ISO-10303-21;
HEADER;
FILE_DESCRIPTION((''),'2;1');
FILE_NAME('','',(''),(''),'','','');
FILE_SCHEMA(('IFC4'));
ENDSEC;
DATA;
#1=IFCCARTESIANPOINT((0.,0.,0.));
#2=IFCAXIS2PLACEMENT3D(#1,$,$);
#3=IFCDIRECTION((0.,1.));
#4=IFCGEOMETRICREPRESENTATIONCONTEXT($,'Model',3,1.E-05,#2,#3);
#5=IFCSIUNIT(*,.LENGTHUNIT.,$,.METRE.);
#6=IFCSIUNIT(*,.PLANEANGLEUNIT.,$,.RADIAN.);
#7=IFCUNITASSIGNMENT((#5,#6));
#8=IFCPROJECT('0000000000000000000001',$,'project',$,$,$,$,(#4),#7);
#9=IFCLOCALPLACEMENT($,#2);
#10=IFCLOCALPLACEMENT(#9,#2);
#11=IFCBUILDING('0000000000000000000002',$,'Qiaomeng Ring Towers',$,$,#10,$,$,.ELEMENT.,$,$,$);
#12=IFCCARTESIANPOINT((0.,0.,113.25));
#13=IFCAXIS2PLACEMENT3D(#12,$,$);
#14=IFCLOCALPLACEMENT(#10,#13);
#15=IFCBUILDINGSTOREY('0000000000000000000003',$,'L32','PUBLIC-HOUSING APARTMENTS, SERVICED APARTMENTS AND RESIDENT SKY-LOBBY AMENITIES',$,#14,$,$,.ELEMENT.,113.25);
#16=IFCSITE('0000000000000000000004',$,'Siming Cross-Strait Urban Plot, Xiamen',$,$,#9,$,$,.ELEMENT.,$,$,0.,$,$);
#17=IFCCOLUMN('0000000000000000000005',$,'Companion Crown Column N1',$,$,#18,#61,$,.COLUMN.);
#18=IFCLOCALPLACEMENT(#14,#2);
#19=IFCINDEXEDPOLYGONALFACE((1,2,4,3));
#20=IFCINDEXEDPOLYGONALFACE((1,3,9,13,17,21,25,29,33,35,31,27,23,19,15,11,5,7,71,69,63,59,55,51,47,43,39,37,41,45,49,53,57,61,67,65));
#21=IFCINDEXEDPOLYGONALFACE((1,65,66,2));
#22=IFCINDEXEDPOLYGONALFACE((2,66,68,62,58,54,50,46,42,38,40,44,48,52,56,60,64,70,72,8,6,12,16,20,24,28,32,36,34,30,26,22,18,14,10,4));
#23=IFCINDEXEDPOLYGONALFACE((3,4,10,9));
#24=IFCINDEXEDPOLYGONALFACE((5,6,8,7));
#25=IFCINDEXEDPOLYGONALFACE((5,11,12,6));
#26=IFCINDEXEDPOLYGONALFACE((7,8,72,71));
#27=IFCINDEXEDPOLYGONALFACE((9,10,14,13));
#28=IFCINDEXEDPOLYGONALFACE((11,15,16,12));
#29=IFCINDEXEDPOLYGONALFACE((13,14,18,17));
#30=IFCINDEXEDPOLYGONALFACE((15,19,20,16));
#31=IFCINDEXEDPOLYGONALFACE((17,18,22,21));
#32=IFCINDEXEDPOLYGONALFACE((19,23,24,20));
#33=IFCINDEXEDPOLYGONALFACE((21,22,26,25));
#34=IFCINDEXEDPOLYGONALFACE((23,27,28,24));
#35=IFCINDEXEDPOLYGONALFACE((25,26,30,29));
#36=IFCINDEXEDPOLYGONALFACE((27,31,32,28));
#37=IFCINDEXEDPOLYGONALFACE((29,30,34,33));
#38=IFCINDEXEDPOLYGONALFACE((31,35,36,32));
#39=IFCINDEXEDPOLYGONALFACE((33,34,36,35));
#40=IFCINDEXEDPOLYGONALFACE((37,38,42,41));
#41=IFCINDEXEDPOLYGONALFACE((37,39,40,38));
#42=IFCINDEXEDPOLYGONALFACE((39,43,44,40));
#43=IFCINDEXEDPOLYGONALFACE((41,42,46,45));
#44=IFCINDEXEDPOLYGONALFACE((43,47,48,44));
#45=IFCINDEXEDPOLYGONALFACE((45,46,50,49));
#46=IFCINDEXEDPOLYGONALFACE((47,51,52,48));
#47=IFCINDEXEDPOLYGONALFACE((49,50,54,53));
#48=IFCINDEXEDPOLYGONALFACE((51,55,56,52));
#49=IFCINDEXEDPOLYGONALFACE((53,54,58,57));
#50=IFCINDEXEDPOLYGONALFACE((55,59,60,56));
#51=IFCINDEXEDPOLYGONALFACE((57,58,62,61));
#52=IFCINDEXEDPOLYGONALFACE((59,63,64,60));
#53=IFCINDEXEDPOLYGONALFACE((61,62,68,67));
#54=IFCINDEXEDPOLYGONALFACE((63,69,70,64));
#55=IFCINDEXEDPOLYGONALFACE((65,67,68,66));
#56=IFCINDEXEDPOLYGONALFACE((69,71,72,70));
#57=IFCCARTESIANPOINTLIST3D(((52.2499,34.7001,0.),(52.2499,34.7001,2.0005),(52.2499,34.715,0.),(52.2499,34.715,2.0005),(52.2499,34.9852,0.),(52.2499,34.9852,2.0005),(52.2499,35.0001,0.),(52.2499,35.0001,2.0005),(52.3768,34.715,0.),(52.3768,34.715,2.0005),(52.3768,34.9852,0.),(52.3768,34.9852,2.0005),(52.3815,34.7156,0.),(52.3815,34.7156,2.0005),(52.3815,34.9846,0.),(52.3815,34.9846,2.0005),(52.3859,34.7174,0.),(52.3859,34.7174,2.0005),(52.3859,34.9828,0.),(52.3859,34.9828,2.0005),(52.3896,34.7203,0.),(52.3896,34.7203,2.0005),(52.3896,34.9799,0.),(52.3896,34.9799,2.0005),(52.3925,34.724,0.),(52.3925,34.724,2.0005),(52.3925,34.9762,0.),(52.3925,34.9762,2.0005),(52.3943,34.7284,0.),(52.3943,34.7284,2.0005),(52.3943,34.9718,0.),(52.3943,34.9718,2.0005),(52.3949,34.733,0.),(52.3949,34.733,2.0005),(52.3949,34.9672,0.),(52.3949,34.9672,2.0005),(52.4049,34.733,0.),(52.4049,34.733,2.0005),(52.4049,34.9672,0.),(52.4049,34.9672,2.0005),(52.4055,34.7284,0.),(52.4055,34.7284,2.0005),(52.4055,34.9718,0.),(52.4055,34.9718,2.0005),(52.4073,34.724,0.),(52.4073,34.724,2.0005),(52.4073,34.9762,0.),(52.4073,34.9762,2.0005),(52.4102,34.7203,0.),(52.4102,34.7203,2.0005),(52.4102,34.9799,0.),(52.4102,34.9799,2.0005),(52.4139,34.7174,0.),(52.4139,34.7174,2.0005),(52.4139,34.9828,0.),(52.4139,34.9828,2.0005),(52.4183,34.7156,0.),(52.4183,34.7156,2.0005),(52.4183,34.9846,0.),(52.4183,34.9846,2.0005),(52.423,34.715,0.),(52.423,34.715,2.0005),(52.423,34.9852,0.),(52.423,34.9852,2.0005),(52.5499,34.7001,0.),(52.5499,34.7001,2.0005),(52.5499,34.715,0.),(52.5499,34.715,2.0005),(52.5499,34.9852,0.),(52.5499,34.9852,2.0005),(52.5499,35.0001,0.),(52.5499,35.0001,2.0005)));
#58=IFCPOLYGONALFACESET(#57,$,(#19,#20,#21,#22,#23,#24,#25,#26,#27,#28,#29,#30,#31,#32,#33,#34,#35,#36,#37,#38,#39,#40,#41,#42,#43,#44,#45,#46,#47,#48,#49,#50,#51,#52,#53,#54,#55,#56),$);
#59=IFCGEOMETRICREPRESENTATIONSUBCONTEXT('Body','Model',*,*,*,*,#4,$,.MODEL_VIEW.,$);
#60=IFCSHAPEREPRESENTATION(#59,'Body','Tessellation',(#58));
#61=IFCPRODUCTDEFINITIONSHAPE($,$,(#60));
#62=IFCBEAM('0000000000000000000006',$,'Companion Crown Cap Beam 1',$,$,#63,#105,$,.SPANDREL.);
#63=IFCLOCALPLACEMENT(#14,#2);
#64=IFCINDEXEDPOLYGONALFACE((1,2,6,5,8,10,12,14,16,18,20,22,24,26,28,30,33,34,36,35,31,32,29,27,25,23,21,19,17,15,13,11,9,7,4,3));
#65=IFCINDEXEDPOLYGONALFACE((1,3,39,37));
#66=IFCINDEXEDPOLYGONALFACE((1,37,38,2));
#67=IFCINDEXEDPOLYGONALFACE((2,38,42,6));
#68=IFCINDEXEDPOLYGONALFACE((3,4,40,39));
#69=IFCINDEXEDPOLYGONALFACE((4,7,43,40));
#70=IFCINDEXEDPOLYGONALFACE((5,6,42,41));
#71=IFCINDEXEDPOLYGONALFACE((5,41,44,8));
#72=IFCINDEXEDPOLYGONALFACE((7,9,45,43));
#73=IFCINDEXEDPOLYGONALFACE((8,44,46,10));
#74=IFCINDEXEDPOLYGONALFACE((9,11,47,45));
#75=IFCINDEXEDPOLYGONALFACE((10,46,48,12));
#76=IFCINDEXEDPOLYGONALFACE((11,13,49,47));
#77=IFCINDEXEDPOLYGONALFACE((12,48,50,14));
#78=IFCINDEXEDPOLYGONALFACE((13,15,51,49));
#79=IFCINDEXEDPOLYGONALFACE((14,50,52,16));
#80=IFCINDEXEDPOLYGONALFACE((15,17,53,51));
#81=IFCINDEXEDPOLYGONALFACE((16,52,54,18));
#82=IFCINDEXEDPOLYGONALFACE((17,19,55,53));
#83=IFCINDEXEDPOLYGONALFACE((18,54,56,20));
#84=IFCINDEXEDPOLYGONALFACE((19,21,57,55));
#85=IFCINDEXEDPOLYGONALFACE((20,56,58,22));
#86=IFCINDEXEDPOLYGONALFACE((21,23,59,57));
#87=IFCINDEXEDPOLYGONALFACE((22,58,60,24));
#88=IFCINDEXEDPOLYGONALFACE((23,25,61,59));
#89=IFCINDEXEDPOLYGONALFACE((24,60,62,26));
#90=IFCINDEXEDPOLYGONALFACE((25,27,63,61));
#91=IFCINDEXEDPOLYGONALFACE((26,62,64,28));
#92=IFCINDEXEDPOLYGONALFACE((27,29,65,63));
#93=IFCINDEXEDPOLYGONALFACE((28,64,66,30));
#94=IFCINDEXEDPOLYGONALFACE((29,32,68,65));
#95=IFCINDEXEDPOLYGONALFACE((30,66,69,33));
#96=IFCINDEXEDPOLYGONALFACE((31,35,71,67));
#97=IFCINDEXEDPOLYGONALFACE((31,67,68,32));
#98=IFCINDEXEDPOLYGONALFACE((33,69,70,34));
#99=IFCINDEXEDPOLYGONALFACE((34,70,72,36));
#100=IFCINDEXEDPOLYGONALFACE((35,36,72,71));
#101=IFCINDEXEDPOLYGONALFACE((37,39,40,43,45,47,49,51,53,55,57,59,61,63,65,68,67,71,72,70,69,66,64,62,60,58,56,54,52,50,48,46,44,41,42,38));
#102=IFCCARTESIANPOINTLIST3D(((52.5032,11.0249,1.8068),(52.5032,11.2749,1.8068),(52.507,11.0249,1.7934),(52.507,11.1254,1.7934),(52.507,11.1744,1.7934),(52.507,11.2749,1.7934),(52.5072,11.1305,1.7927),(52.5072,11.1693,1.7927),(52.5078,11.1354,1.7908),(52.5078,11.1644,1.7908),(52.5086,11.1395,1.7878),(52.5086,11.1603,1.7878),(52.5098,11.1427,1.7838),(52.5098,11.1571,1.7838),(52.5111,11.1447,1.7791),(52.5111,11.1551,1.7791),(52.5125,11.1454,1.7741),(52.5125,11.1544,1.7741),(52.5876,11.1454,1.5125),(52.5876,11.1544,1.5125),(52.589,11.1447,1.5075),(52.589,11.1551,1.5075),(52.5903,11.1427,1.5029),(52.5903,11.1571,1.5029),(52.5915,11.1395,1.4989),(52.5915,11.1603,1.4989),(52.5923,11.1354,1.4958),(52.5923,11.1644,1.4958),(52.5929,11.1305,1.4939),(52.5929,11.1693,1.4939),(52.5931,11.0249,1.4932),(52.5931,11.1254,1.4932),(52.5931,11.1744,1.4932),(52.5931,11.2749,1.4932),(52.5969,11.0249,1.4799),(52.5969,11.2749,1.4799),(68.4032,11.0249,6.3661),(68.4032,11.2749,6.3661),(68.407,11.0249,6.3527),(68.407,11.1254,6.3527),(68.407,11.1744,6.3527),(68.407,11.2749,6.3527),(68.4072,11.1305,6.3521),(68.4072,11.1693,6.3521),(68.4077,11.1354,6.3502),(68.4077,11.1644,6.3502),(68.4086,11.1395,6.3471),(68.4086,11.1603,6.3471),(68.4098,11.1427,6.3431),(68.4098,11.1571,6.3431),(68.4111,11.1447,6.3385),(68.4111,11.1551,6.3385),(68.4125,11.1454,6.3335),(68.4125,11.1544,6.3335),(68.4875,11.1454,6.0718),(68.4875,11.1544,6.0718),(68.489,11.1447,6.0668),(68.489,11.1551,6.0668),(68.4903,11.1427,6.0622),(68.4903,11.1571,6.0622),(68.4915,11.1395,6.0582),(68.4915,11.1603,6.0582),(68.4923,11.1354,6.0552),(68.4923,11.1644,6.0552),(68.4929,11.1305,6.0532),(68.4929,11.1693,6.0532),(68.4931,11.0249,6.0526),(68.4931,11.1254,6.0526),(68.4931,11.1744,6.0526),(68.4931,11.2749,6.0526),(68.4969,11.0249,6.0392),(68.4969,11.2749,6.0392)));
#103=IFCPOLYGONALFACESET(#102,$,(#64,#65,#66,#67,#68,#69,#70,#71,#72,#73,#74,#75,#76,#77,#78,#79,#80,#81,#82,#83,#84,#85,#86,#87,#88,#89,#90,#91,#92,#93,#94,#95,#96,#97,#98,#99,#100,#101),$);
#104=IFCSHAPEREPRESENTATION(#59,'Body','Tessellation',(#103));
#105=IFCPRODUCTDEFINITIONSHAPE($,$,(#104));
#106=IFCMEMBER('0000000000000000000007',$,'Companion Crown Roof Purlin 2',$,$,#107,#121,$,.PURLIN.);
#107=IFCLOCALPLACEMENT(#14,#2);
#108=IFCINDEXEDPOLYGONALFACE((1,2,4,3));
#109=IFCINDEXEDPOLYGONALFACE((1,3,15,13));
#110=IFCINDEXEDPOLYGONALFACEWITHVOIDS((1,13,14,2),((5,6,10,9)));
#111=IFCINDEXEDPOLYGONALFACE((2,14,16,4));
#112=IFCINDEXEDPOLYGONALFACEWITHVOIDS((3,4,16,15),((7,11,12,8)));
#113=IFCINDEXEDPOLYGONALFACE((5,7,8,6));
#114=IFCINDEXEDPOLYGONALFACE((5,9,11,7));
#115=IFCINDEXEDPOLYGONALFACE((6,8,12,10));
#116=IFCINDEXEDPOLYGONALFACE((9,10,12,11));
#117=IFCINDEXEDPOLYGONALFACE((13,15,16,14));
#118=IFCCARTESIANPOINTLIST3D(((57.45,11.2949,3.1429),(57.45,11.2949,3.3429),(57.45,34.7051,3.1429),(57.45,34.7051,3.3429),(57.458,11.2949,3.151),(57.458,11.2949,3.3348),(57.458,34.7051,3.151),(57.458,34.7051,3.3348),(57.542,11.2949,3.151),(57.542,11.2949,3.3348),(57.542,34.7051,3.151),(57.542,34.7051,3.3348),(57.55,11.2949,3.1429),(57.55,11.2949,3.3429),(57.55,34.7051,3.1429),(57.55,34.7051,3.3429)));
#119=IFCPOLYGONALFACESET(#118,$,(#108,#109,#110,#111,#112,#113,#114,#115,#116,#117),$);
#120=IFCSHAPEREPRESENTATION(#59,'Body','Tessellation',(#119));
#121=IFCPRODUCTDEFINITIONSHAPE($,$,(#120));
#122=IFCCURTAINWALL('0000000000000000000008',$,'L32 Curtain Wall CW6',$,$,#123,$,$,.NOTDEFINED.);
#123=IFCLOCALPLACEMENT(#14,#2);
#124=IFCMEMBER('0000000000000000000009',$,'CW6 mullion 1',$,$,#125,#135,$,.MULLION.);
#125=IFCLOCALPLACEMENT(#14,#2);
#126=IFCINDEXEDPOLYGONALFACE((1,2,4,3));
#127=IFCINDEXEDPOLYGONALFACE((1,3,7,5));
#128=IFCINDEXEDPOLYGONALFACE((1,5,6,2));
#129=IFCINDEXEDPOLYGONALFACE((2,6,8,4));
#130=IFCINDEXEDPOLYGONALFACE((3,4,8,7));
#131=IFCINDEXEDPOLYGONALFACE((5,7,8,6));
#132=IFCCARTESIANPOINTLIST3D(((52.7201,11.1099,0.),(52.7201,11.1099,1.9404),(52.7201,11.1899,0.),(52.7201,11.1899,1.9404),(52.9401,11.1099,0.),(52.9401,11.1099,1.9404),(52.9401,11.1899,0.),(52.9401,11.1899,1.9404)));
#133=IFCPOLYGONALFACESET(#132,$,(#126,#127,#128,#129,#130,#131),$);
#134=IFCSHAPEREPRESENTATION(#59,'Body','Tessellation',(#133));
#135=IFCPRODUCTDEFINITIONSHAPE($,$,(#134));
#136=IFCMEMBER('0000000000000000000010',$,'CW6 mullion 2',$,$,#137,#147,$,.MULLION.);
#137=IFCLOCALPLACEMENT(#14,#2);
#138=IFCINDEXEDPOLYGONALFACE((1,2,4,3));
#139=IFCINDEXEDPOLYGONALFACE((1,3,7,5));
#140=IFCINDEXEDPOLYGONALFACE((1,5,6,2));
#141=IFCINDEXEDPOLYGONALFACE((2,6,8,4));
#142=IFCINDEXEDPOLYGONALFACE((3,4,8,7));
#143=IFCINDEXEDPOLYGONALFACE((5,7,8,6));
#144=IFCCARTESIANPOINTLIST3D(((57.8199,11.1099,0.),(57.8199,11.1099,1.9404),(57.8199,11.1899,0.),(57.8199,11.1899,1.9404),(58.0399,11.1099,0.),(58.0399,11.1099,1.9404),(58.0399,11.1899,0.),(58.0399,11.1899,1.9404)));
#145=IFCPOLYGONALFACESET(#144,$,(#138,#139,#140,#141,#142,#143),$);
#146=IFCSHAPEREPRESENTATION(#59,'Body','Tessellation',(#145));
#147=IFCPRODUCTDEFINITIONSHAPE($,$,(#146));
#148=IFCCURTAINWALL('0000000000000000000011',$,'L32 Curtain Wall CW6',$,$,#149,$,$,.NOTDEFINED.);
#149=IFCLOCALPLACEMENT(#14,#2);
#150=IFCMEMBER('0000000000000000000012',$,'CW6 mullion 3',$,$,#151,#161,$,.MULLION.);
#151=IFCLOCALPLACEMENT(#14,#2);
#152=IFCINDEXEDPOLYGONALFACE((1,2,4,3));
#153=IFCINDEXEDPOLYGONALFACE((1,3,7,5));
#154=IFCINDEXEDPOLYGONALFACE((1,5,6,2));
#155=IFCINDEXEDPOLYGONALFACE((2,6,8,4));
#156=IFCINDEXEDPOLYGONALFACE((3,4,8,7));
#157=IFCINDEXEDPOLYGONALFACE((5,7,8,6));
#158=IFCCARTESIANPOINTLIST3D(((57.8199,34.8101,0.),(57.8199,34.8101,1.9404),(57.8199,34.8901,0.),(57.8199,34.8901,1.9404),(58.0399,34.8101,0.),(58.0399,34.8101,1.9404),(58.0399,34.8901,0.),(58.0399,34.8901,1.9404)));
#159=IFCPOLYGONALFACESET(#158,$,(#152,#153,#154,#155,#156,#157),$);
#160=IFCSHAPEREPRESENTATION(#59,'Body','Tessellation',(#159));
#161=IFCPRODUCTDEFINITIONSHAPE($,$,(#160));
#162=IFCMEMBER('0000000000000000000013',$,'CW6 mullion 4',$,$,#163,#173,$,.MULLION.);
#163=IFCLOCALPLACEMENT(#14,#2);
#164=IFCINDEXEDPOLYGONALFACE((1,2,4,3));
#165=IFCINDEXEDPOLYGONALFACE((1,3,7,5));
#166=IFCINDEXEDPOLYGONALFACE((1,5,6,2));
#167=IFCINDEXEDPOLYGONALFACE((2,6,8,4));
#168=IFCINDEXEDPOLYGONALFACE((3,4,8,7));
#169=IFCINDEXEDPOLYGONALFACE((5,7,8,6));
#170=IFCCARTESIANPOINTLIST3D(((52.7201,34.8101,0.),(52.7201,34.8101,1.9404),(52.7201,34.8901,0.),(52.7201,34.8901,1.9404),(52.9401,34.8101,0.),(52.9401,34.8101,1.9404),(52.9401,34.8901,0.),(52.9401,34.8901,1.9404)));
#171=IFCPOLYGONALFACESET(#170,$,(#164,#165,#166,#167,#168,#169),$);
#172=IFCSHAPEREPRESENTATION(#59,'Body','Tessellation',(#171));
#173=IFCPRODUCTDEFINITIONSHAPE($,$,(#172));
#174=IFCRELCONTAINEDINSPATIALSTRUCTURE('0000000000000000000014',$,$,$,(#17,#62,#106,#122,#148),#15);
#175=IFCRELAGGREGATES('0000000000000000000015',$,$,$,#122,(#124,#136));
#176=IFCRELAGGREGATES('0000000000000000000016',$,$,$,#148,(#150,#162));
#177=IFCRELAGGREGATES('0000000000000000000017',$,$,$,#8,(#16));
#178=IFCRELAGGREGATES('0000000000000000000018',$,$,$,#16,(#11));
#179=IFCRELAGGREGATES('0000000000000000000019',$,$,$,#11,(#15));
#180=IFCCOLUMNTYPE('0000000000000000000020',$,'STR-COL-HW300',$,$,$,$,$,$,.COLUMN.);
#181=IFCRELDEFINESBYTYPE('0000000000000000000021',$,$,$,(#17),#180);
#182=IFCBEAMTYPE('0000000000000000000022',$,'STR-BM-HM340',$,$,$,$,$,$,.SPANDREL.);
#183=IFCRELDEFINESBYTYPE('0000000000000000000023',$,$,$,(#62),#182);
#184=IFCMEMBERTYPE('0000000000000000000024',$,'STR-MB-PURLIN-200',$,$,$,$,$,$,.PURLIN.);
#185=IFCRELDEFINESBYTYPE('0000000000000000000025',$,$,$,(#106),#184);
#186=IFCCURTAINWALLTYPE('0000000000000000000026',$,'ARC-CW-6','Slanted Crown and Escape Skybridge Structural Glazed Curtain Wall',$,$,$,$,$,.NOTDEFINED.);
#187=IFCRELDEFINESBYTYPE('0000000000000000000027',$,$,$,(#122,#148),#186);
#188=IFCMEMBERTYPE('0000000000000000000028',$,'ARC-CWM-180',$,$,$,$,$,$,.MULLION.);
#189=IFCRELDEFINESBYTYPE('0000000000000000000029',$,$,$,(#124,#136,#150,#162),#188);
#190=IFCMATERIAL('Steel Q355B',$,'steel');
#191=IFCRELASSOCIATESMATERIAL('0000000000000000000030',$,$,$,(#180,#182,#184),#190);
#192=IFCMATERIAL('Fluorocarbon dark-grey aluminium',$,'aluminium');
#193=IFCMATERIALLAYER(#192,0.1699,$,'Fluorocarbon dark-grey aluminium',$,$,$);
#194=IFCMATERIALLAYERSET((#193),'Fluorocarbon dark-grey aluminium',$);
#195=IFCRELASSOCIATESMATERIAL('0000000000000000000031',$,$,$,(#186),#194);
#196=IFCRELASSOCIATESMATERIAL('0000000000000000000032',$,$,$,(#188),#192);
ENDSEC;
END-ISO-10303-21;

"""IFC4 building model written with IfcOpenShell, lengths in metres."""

from ifc_helpers import new_model, si_unit, direction, frame, origin, origin_2d, place, context, subcontext, project, spatial, rectangle, hollow_rectangle, i_section, extrude, source, transform, mapped, material, layer, layer_set, material_profile, profile_set, type_object, element, aggregate, save


model = new_model("IFC4")

# Units and contexts
model_context = context("Model", 3, precision=1e-05, world=origin(), true_north=direction((0.0, 1.0)))
body_context = subcontext(model_context, "Body", "Model", "MODEL_VIEW")
ifc_project = project(units=[si_unit("LENGTHUNIT", "METRE"), si_unit("PLANEANGLEUNIT", "RADIAN")], contexts=[model_context])

# Site, building, storey
site_placement = place(None, origin())
site = spatial("IfcSite", under=ifc_project, at=site_placement, Name="Siming Cross-Strait Urban Plot, Xiamen", CompositionType="ELEMENT", RefElevation=0.0)
building_placement = place(site_placement, origin())
building = spatial("IfcBuilding", under=site, at=building_placement, Name="Qiaomeng Ring Towers", CompositionType="ELEMENT")
storey_placement = place(building_placement, frame((0.0, 0.0, 113.25)))
storey = spatial("IfcBuildingStorey", under=building, at=storey_placement, Name="L32", Description="PUBLIC-HOUSING APARTMENTS, SERVICED APARTMENTS AND RESIDENT SKY-LOBBY AMENITIES", CompositionType="ELEMENT", Elevation=113.25)

# Column
ifc_material_1 = material(Name="Steel Q355B", Category="steel")
ifc_material_profile_1 = material_profile(ifc_material_1, i_section(OverallWidth=0.3, OverallDepth=0.3, WebThickness=0.01, FlangeThickness=0.0149, FilletRadius=0.0181, at=origin_2d()), Name="HW 300x300x10x15")
ifc_profile_set_1 = profile_set([ifc_material_profile_1], Name="Steel Q355B")
column_type = type_object("IfcColumnType", Name="STR-COL-HW300", PredefinedType="COLUMN", material=ifc_profile_set_1)
shared_shape_1 = source(origin(), body_context, "Body", "SweptSolid", [
    extrude(i_section(OverallWidth=0.3, OverallDepth=0.3, WebThickness=0.01, FlangeThickness=0.0149, FilletRadius=0.0181, at=origin_2d()), origin(), (0.0, 0.0, 1.0), 2.0005),
])
column_placement = place(storey_placement, frame((52.3999, 34.8501, 0.0), z_axis=(0.0, 0.0, 1.0), x_axis=(1.0, 0.0, 0.0)))
element("IfcColumn", 1, at=column_placement, inside=storey, type_object=column_type, Name="Companion Crown Column N1", PredefinedType="COLUMN", context=body_context, shape_type="MappedRepresentation", body=[
    mapped(shared_shape_1, transform((0.0, 0.0, 0.0), x_axis=(1.0, 0.0, 0.0), y_axis=(0.0, 1.0, 0.0), z_axis=(0.0, 0.0, 1.0), scale=1.0)),
])

# Beam
ifc_material_profile_2 = material_profile(ifc_material_1, i_section(OverallWidth=0.25, OverallDepth=0.3401, WebThickness=0.009, FlangeThickness=0.0139, FilletRadius=0.02, at=origin_2d()), Name="HM 340x250x9x14")
ifc_profile_set_2 = profile_set([ifc_material_profile_2], Name="Steel Q355B")
beam_type = type_object("IfcBeamType", Name="STR-BM-HM340", PredefinedType="SPANDREL", material=ifc_profile_set_2)
shared_shape_2 = source(origin(), body_context, "Body", "SweptSolid", [
    extrude(i_section(OverallWidth=0.25, OverallDepth=0.3401, WebThickness=0.009, FlangeThickness=0.0139, FilletRadius=0.02, at=origin_2d()), origin(), (0.0, 0.0, 1.0), 16.5408),
])
beam_placement = place(storey_placement, frame((52.55, 11.1499, 1.6433), z_axis=(0.96126, 0.0, 0.275643), x_axis=(0.0, 1.0, 0.0)))
element("IfcBeam", 2, at=beam_placement, inside=storey, type_object=beam_type, Name="Companion Crown Cap Beam 1", PredefinedType="SPANDREL", context=body_context, shape_type="MappedRepresentation", body=[
    mapped(shared_shape_2, transform((0.0, 0.0, 0.0), x_axis=(1.0, 0.0, 0.0), y_axis=(0.0, 1.0, 0.0), z_axis=(0.0, 0.0, 1.0), scale=1.0)),
])

# Member
ifc_material_profile_3 = material_profile(ifc_material_1, hollow_rectangle(XDim=0.1001, YDim=0.2, WallThickness=0.0081, at=origin_2d()), Name="RHS 200x100x8")
ifc_profile_set_3 = profile_set([ifc_material_profile_3], Name="Steel Q355B")
member_type_1 = type_object("IfcMemberType", Name="STR-MB-PURLIN-200", PredefinedType="PURLIN", material=ifc_profile_set_3)
shared_shape_3 = source(origin(), body_context, "Body", "SweptSolid", [
    extrude(hollow_rectangle(XDim=0.1001, YDim=0.2, WallThickness=0.0081, at=origin_2d()), origin(), (0.0, 0.0, 1.0), 23.4102),
])
member_1_placement = place(storey_placement, frame((57.5, 11.2949, 3.2429), z_axis=(0.0, 1.0, 0.0), x_axis=(-1.0, 0.0, 0.0)))
element("IfcMember", 3, at=member_1_placement, inside=storey, type_object=member_type_1, Name="Companion Crown Roof Purlin 2", PredefinedType="PURLIN", context=body_context, shape_type="MappedRepresentation", body=[
    mapped(shared_shape_3, transform((0.0, 0.0, 0.0), x_axis=(1.0, 0.0, 0.0), y_axis=(0.0, 1.0, 0.0), z_axis=(0.0, 0.0, 1.0), scale=1.0)),
])

# Curtain walls, members
ifc_material_2 = material(Name="Fluorocarbon dark-grey aluminium", Category="aluminium")
ifc_layer_1 = layer(ifc_material_2, 0.1699, Name="Fluorocarbon dark-grey aluminium")
ifc_layer_set_1 = layer_set([ifc_layer_1], Name="Fluorocarbon dark-grey aluminium")
curtain_wall_type = type_object("IfcCurtainWallType", Name="ARC-CW-6", Description="Slanted Crown and Escape Skybridge Structural Glazed Curtain Wall", PredefinedType="NOTDEFINED", material=ifc_layer_set_1)
curtain_wall_1_placement = place(storey_placement, origin())
curtain_wall_1 = element("IfcCurtainWall", 4, at=curtain_wall_1_placement, inside=storey, type_object=curtain_wall_type, Name="L32 Curtain Wall CW6", PredefinedType="NOTDEFINED")
ifc_material_profile_4 = material_profile(ifc_material_2, rectangle(XDim=0.0801, YDim=0.22, at=origin_2d()), Name="ALU MULL 80x220")
ifc_profile_set_4 = profile_set([ifc_material_profile_4], Name="Fluorocarbon dark-grey aluminium")
member_type_2 = type_object("IfcMemberType", Name="ARC-CWM-180", PredefinedType="MULLION", material=ifc_profile_set_4)
shared_shape_4 = source(origin(), body_context, "Body", "SweptSolid", [
    extrude(rectangle(XDim=0.0801, YDim=0.22, at=origin_2d()), origin(), (0.0, 0.0, 1.0), 1.9404),
])
member_2_placement = place(storey_placement, frame((52.8301, 11.1499, 0.0), z_axis=(0.0, 0.0, 1.0), x_axis=(0.0, 1.0, 0.0)))
member_2 = element("IfcMember", 5, at=member_2_placement, type_object=member_type_2, Name="CW6 mullion 1", PredefinedType="MULLION", context=body_context, shape_type="MappedRepresentation", body=[
    mapped(shared_shape_4, transform((0.0, 0.0, 0.0), x_axis=(1.0, 0.0, 0.0), y_axis=(0.0, 1.0, 0.0), z_axis=(0.0, 0.0, 1.0), scale=1.0)),
])
member_3_placement = place(storey_placement, frame((57.9299, 11.1499, 0.0), z_axis=(0.0, 0.0, 1.0), x_axis=(0.0, 1.0, 0.0)))
member_3 = element("IfcMember", 6, at=member_3_placement, type_object=member_type_2, Name="CW6 mullion 2", PredefinedType="MULLION", context=body_context, shape_type="MappedRepresentation", body=[
    mapped(shared_shape_4, transform((0.0, 0.0, 0.0), x_axis=(1.0, 0.0, 0.0), y_axis=(0.0, 1.0, 0.0), z_axis=(0.0, 0.0, 1.0), scale=1.0)),
])
curtain_wall_2_placement = place(storey_placement, origin())
curtain_wall_2 = element("IfcCurtainWall", 7, at=curtain_wall_2_placement, inside=storey, type_object=curtain_wall_type, Name="L32 Curtain Wall CW6", PredefinedType="NOTDEFINED")
member_4_placement = place(storey_placement, frame((57.9299, 34.8501, 0.0), z_axis=(0.0, 0.0, 1.0), x_axis=(0.0, -1.0, 0.0)))
member_4 = element("IfcMember", 8, at=member_4_placement, type_object=member_type_2, Name="CW6 mullion 3", PredefinedType="MULLION", context=body_context, shape_type="MappedRepresentation", body=[
    mapped(shared_shape_4, transform((0.0, 0.0, 0.0), x_axis=(1.0, 0.0, 0.0), y_axis=(0.0, 1.0, 0.0), z_axis=(0.0, 0.0, 1.0), scale=1.0)),
])
member_5_placement = place(storey_placement, frame((52.8301, 34.8501, 0.0), z_axis=(0.0, 0.0, 1.0), x_axis=(0.0, -1.0, 0.0)))
member_5 = element("IfcMember", 9, at=member_5_placement, type_object=member_type_2, Name="CW6 mullion 4", PredefinedType="MULLION", context=body_context, shape_type="MappedRepresentation", body=[
    mapped(shared_shape_4, transform((0.0, 0.0, 0.0), x_axis=(1.0, 0.0, 0.0), y_axis=(0.0, 1.0, 0.0), z_axis=(0.0, 0.0, 1.0), scale=1.0)),
])

aggregate(curtain_wall_1, [member_2, member_3])
aggregate(curtain_wall_2, [member_4, member_5])

save(model, "model.ifc")
